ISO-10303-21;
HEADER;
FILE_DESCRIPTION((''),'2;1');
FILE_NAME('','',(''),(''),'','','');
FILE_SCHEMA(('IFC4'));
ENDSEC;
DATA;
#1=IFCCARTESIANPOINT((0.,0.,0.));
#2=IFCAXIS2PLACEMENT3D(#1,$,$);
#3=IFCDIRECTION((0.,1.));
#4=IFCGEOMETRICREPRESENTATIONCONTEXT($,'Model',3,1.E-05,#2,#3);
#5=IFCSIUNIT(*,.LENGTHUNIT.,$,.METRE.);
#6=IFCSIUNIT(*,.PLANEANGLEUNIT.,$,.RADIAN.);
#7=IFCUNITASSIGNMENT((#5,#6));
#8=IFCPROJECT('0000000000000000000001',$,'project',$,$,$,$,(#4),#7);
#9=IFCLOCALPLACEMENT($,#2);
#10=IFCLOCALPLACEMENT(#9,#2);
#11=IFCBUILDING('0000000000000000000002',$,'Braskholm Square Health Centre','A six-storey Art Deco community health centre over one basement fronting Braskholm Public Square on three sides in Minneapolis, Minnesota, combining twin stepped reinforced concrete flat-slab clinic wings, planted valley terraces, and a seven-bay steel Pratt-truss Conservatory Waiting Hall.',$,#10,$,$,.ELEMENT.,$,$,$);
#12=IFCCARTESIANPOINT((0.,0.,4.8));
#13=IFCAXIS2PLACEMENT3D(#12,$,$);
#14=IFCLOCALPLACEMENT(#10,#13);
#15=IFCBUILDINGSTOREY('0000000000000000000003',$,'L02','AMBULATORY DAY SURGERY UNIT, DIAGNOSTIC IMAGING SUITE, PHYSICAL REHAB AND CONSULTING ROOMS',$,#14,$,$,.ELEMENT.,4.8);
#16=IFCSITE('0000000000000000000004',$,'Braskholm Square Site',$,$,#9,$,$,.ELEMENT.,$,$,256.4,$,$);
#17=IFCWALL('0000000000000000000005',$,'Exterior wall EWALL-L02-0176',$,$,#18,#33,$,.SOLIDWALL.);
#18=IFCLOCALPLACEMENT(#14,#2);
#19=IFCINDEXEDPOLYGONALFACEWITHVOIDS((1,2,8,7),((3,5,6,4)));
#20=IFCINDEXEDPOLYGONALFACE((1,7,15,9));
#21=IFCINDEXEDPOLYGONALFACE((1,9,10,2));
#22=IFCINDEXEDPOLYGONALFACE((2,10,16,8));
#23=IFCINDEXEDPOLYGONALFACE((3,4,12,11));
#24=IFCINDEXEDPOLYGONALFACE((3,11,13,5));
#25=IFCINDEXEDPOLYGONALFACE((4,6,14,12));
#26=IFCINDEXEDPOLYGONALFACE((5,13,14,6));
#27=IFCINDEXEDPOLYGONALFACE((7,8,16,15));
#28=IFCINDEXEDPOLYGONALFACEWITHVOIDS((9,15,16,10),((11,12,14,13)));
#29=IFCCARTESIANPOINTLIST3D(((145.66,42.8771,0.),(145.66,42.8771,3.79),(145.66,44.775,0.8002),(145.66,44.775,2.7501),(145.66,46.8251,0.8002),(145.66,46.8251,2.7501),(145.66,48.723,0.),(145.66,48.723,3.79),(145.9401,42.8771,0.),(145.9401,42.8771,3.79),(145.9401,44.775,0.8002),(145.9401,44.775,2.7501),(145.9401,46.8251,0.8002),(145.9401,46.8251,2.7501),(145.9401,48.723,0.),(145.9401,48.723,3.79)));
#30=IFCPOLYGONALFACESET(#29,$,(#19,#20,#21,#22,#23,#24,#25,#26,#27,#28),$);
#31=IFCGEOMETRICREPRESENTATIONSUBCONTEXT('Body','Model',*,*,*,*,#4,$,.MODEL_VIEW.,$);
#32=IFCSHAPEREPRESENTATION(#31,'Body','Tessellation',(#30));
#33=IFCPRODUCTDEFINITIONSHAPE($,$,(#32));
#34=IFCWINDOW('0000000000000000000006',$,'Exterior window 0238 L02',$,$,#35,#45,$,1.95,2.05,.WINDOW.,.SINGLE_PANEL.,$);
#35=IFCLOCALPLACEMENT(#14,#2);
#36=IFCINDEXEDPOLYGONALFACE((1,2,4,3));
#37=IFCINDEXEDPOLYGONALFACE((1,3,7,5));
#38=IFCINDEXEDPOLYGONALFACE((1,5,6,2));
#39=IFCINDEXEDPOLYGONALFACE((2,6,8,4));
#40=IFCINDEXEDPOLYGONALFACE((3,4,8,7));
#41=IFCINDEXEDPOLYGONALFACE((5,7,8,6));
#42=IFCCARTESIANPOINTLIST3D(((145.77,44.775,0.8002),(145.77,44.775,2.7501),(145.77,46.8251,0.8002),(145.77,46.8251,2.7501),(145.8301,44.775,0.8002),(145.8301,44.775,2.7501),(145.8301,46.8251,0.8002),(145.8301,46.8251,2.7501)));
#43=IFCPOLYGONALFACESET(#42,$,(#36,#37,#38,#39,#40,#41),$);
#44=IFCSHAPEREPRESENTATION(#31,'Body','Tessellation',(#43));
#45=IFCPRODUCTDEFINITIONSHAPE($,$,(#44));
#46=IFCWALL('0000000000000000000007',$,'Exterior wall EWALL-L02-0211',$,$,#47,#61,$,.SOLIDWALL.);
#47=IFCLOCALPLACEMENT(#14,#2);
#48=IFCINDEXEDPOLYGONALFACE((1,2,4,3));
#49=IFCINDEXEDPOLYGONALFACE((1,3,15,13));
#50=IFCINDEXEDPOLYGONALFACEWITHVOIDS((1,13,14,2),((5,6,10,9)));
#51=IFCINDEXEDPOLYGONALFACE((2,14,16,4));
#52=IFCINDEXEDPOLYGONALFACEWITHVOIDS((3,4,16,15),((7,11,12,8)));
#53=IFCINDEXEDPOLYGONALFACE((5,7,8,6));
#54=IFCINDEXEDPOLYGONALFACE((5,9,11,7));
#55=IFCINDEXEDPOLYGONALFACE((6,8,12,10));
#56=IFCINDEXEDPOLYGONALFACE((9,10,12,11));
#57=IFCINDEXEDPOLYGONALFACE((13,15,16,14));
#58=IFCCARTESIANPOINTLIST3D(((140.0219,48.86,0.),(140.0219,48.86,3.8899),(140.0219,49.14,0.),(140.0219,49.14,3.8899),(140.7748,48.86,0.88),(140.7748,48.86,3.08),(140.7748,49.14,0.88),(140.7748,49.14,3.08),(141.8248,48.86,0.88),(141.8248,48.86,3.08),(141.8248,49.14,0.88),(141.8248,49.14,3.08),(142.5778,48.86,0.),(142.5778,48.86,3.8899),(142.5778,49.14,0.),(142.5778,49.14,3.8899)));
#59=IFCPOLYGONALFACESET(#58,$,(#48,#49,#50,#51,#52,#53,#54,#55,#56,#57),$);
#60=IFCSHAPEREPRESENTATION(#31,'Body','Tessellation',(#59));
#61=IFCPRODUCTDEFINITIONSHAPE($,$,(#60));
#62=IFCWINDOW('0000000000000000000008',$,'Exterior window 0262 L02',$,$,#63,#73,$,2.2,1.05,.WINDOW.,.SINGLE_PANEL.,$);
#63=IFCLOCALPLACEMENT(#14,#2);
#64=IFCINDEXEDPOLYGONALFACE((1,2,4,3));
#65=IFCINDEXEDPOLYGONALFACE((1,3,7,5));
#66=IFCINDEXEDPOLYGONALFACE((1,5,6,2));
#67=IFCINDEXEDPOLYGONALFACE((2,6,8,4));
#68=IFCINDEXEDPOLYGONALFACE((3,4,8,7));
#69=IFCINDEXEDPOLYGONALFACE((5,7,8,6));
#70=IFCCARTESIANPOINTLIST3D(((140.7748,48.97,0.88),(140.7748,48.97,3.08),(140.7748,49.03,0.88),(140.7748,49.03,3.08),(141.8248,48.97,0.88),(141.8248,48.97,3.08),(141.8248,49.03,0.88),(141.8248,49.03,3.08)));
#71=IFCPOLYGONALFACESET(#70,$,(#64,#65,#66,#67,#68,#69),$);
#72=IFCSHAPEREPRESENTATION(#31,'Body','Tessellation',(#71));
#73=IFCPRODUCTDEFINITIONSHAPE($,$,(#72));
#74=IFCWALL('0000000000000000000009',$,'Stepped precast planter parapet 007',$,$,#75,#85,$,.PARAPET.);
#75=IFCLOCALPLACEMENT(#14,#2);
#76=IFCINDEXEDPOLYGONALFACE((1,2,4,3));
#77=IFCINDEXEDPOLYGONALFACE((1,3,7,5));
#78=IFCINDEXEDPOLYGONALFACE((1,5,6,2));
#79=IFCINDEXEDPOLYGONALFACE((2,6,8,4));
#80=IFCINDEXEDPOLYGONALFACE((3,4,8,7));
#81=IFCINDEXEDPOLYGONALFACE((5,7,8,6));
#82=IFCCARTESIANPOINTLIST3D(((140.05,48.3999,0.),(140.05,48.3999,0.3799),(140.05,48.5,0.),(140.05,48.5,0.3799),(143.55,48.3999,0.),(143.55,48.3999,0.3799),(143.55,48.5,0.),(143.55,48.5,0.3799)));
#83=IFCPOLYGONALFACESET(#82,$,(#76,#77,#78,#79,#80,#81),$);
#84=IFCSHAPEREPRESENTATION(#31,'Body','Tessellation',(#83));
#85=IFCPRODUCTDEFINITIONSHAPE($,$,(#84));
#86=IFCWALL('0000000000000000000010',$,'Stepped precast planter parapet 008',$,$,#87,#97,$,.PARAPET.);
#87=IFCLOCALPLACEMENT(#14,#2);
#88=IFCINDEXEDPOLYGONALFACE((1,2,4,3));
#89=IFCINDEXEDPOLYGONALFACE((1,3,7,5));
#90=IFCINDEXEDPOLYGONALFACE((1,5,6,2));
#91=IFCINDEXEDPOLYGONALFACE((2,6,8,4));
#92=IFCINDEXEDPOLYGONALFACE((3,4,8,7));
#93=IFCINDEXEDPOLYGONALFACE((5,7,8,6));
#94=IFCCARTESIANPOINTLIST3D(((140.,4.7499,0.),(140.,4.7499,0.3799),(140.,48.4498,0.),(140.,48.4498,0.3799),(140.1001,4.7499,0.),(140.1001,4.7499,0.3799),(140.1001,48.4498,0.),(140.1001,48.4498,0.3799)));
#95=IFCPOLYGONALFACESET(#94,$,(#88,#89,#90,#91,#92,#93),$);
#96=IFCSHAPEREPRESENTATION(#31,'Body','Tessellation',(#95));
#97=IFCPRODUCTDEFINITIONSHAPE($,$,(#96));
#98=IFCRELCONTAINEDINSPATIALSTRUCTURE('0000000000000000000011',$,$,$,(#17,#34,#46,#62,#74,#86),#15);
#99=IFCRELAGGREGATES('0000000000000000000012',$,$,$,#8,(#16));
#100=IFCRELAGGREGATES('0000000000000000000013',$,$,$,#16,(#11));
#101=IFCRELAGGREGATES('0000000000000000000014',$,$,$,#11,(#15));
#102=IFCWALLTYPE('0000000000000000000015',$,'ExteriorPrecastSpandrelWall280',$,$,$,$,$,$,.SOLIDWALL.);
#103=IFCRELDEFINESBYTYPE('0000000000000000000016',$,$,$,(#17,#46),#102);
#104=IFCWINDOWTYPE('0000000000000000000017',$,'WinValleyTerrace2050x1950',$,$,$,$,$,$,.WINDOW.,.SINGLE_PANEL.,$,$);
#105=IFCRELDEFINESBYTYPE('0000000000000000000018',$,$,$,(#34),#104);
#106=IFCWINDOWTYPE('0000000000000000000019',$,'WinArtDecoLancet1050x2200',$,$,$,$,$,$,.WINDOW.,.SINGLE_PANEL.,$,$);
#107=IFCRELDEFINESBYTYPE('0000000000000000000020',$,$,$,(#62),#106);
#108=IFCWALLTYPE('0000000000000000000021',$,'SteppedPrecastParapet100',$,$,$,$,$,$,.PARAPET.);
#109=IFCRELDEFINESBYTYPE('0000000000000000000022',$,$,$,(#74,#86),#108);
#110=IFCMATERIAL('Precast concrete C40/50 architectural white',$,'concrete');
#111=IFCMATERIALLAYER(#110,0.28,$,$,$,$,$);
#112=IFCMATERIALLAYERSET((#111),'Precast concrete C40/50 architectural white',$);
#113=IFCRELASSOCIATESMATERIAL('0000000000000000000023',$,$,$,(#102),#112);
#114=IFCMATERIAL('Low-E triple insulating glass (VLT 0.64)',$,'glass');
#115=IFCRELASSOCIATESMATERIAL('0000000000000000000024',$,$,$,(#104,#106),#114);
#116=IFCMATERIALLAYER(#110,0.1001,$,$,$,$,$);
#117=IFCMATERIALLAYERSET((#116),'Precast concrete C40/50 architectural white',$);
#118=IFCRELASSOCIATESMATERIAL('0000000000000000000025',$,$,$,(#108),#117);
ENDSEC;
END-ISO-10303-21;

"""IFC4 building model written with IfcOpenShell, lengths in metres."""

from ifc_helpers import new_model, si_unit, direction, frame, frame_2d, origin, origin_with_axes, place, context, subcontext, project, spatial, rectangle, extrude, material, layer, layer_set, type_object, element, fill, save


model = new_model("IFC4")

# Units and contexts
model_context = context("Model", 3, precision=1e-05, world=origin(), true_north=direction((0.0, 1.0)))
body_context = subcontext(model_context, "Body", "Model", "MODEL_VIEW")
ifc_project = project(units=[si_unit("LENGTHUNIT", "METRE"), si_unit("PLANEANGLEUNIT", "RADIAN")], contexts=[model_context])

# Site, building, storey
site_placement = place(None, origin())
site = spatial("IfcSite", under=ifc_project, at=site_placement, Name="Braskholm Square Site", CompositionType="ELEMENT", RefElevation=256.4)
building_placement = place(site_placement, origin())
building = spatial("IfcBuilding", under=site, at=building_placement, Name="Braskholm Square Health Centre", Description="A six-storey Art Deco community health centre over one basement fronting Braskholm Public Square on three sides in Minneapolis, Minnesota, combining twin stepped reinforced concrete flat-slab clinic wings, planted valley terraces, and a seven-bay steel Pratt-truss Conservatory Waiting Hall.", CompositionType="ELEMENT")
storey_placement = place(building_placement, frame((0.0, 0.0, 4.8)))
storey = spatial("IfcBuildingStorey", under=building, at=storey_placement, Name="L02", Description="AMBULATORY DAY SURGERY UNIT, DIAGNOSTIC IMAGING SUITE, PHYSICAL REHAB AND CONSULTING ROOMS", CompositionType="ELEMENT", Elevation=4.8)

# Shared definitions
ifc_material_1 = material(Name="Precast concrete C40/50 architectural white", Category="concrete")

# Shared definitions
ifc_material_2 = material(Name="Low-E triple insulating glass (VLT 0.64)", Category="glass")

# Walls, openings, windows
ifc_layer_1 = layer(ifc_material_1, 0.28)
ifc_layer_set_1 = layer_set([ifc_layer_1], Name="Precast concrete C40/50 architectural white")
wall_type_1 = type_object("IfcWallType", Name="ExteriorPrecastSpandrelWall280", PredefinedType="SOLIDWALL", material=ifc_layer_set_1)
wall_1_placement = place(storey_placement, frame((145.8, 48.7229, 0.0), z_axis=(0.0, 0.0, 1.0), x_axis=(0.0, -1.0, 0.0)))
wall_1 = element("IfcWall", 1, at=wall_1_placement, inside=storey, type_object=wall_type_1, Name="Exterior wall EWALL-L02-0176", PredefinedType="SOLIDWALL", context=body_context, shape_type="SweptSolid", body=[
    extrude(rectangle(XDim=5.8459, YDim=0.28, at=frame_2d((2.9229, 0.0))), origin(), (0.0, 0.0, 1.0), 3.79),
])
opening_1_placement = place(wall_1_placement, frame((1.8979, 0.0, 0.8)))
opening_1 = element("IfcOpeningElement", 2, at=opening_1_placement, cuts=wall_1, PredefinedType="OPENING", context=body_context, shape_type="SweptSolid", body=[
    extrude(rectangle(XDim=2.05, YDim=1.95, at=frame_2d((1.0249, 0.9751))), frame((0.0, 0.1499, 0.0), z_axis=(0.0, -1.0, 0.0), x_axis=(1.0, 0.0, 0.0)), (0.0, 0.0, 1.0), 0.3),
])
window_type_1 = type_object("IfcWindowType", Name="WinValleyTerrace2050x1950", PartitioningType="SINGLE_PANEL", PredefinedType="WINDOW", material=ifc_material_2)
window_1_placement = place(opening_1_placement, origin_with_axes())
window_1 = element("IfcWindow", 3, at=window_1_placement, inside=storey, type_object=window_type_1, Name="Exterior window 0238 L02", OverallHeight=1.95, OverallWidth=2.05, PartitioningType="SINGLE_PANEL", PredefinedType="WINDOW", context=body_context, shape_type="SweptSolid", body=[
    extrude(rectangle(XDim=2.05, YDim=1.95, at=frame_2d((1.0249, 0.9751))), frame((0.0, 0.03, 0.0), z_axis=(0.0, -1.0, 0.0), x_axis=(1.0, 0.0, 0.0)), (0.0, 0.0, 1.0), 0.0601),
])
fill(opening_1, window_1)
wall_2_placement = place(storey_placement, frame((140.022, 49.0, 0.0), z_axis=(0.0, 0.0, 1.0), x_axis=(1.0, 0.0, 0.0)))
wall_2 = element("IfcWall", 4, at=wall_2_placement, inside=storey, type_object=wall_type_1, Name="Exterior wall EWALL-L02-0211", PredefinedType="SOLIDWALL", context=body_context, shape_type="SweptSolid", body=[
    extrude(rectangle(XDim=2.5559, YDim=0.28, at=frame_2d((1.2778, 0.0))), origin(), (0.0, 0.0, 1.0), 3.8899),
])
opening_2_placement = place(wall_2_placement, frame((0.7529, 0.0, 0.8799)))
opening_2 = element("IfcOpeningElement", 5, at=opening_2_placement, cuts=wall_2, PredefinedType="OPENING", context=body_context, shape_type="SweptSolid", body=[
    extrude(rectangle(XDim=1.05, YDim=2.2, at=frame_2d((0.5249, 1.1001))), frame((0.0, 0.1499, 0.0), z_axis=(0.0, -1.0, 0.0), x_axis=(1.0, 0.0, 0.0)), (0.0, 0.0, 1.0), 0.3),
])
window_type_2 = type_object("IfcWindowType", Name="WinArtDecoLancet1050x2200", PartitioningType="SINGLE_PANEL", PredefinedType="WINDOW", material=ifc_material_2)
window_2_placement = place(opening_2_placement, origin_with_axes())
window_2 = element("IfcWindow", 6, at=window_2_placement, inside=storey, type_object=window_type_2, Name="Exterior window 0262 L02", OverallHeight=2.2, OverallWidth=1.05, PartitioningType="SINGLE_PANEL", PredefinedType="WINDOW", context=body_context, shape_type="SweptSolid", body=[
    extrude(rectangle(XDim=1.05, YDim=2.2, at=frame_2d((0.5249, 1.1001))), frame((0.0, 0.03, 0.0), z_axis=(0.0, -1.0, 0.0), x_axis=(1.0, 0.0, 0.0)), (0.0, 0.0, 1.0), 0.0601),
])
fill(opening_2, window_2)

# Walls
ifc_layer_2 = layer(ifc_material_1, 0.1001)
ifc_layer_set_2 = layer_set([ifc_layer_2], Name="Precast concrete C40/50 architectural white")
wall_type_2 = type_object("IfcWallType", Name="SteppedPrecastParapet100", PredefinedType="PARAPET", material=ifc_layer_set_2)
wall_3_placement = place(storey_placement, frame((143.55, 48.45, 0.0), z_axis=(0.0, 0.0, 1.0), x_axis=(-1.0, 0.0, 0.0)))
element("IfcWall", 7, at=wall_3_placement, inside=storey, type_object=wall_type_2, Name="Stepped precast planter parapet 007", PredefinedType="PARAPET", context=body_context, shape_type="SweptSolid", body=[
    extrude(rectangle(XDim=3.5, YDim=0.1001, at=frame_2d((1.75, 0.0))), origin(), (0.0, 0.0, 1.0), 0.3799),
])
wall_4_placement = place(storey_placement, frame((140.05, 48.45, 0.0), z_axis=(0.0, 0.0, 1.0), x_axis=(0.0, -1.0, 0.0)))
element("IfcWall", 8, at=wall_4_placement, inside=storey, type_object=wall_type_2, Name="Stepped precast planter parapet 008", PredefinedType="PARAPET", context=body_context, shape_type="SweptSolid", body=[
    extrude(rectangle(XDim=43.7, YDim=0.1001, at=frame_2d((21.8501, 0.0))), origin(), (0.0, 0.0, 1.0), 0.3799),
])

save(model, "model.ifc")
